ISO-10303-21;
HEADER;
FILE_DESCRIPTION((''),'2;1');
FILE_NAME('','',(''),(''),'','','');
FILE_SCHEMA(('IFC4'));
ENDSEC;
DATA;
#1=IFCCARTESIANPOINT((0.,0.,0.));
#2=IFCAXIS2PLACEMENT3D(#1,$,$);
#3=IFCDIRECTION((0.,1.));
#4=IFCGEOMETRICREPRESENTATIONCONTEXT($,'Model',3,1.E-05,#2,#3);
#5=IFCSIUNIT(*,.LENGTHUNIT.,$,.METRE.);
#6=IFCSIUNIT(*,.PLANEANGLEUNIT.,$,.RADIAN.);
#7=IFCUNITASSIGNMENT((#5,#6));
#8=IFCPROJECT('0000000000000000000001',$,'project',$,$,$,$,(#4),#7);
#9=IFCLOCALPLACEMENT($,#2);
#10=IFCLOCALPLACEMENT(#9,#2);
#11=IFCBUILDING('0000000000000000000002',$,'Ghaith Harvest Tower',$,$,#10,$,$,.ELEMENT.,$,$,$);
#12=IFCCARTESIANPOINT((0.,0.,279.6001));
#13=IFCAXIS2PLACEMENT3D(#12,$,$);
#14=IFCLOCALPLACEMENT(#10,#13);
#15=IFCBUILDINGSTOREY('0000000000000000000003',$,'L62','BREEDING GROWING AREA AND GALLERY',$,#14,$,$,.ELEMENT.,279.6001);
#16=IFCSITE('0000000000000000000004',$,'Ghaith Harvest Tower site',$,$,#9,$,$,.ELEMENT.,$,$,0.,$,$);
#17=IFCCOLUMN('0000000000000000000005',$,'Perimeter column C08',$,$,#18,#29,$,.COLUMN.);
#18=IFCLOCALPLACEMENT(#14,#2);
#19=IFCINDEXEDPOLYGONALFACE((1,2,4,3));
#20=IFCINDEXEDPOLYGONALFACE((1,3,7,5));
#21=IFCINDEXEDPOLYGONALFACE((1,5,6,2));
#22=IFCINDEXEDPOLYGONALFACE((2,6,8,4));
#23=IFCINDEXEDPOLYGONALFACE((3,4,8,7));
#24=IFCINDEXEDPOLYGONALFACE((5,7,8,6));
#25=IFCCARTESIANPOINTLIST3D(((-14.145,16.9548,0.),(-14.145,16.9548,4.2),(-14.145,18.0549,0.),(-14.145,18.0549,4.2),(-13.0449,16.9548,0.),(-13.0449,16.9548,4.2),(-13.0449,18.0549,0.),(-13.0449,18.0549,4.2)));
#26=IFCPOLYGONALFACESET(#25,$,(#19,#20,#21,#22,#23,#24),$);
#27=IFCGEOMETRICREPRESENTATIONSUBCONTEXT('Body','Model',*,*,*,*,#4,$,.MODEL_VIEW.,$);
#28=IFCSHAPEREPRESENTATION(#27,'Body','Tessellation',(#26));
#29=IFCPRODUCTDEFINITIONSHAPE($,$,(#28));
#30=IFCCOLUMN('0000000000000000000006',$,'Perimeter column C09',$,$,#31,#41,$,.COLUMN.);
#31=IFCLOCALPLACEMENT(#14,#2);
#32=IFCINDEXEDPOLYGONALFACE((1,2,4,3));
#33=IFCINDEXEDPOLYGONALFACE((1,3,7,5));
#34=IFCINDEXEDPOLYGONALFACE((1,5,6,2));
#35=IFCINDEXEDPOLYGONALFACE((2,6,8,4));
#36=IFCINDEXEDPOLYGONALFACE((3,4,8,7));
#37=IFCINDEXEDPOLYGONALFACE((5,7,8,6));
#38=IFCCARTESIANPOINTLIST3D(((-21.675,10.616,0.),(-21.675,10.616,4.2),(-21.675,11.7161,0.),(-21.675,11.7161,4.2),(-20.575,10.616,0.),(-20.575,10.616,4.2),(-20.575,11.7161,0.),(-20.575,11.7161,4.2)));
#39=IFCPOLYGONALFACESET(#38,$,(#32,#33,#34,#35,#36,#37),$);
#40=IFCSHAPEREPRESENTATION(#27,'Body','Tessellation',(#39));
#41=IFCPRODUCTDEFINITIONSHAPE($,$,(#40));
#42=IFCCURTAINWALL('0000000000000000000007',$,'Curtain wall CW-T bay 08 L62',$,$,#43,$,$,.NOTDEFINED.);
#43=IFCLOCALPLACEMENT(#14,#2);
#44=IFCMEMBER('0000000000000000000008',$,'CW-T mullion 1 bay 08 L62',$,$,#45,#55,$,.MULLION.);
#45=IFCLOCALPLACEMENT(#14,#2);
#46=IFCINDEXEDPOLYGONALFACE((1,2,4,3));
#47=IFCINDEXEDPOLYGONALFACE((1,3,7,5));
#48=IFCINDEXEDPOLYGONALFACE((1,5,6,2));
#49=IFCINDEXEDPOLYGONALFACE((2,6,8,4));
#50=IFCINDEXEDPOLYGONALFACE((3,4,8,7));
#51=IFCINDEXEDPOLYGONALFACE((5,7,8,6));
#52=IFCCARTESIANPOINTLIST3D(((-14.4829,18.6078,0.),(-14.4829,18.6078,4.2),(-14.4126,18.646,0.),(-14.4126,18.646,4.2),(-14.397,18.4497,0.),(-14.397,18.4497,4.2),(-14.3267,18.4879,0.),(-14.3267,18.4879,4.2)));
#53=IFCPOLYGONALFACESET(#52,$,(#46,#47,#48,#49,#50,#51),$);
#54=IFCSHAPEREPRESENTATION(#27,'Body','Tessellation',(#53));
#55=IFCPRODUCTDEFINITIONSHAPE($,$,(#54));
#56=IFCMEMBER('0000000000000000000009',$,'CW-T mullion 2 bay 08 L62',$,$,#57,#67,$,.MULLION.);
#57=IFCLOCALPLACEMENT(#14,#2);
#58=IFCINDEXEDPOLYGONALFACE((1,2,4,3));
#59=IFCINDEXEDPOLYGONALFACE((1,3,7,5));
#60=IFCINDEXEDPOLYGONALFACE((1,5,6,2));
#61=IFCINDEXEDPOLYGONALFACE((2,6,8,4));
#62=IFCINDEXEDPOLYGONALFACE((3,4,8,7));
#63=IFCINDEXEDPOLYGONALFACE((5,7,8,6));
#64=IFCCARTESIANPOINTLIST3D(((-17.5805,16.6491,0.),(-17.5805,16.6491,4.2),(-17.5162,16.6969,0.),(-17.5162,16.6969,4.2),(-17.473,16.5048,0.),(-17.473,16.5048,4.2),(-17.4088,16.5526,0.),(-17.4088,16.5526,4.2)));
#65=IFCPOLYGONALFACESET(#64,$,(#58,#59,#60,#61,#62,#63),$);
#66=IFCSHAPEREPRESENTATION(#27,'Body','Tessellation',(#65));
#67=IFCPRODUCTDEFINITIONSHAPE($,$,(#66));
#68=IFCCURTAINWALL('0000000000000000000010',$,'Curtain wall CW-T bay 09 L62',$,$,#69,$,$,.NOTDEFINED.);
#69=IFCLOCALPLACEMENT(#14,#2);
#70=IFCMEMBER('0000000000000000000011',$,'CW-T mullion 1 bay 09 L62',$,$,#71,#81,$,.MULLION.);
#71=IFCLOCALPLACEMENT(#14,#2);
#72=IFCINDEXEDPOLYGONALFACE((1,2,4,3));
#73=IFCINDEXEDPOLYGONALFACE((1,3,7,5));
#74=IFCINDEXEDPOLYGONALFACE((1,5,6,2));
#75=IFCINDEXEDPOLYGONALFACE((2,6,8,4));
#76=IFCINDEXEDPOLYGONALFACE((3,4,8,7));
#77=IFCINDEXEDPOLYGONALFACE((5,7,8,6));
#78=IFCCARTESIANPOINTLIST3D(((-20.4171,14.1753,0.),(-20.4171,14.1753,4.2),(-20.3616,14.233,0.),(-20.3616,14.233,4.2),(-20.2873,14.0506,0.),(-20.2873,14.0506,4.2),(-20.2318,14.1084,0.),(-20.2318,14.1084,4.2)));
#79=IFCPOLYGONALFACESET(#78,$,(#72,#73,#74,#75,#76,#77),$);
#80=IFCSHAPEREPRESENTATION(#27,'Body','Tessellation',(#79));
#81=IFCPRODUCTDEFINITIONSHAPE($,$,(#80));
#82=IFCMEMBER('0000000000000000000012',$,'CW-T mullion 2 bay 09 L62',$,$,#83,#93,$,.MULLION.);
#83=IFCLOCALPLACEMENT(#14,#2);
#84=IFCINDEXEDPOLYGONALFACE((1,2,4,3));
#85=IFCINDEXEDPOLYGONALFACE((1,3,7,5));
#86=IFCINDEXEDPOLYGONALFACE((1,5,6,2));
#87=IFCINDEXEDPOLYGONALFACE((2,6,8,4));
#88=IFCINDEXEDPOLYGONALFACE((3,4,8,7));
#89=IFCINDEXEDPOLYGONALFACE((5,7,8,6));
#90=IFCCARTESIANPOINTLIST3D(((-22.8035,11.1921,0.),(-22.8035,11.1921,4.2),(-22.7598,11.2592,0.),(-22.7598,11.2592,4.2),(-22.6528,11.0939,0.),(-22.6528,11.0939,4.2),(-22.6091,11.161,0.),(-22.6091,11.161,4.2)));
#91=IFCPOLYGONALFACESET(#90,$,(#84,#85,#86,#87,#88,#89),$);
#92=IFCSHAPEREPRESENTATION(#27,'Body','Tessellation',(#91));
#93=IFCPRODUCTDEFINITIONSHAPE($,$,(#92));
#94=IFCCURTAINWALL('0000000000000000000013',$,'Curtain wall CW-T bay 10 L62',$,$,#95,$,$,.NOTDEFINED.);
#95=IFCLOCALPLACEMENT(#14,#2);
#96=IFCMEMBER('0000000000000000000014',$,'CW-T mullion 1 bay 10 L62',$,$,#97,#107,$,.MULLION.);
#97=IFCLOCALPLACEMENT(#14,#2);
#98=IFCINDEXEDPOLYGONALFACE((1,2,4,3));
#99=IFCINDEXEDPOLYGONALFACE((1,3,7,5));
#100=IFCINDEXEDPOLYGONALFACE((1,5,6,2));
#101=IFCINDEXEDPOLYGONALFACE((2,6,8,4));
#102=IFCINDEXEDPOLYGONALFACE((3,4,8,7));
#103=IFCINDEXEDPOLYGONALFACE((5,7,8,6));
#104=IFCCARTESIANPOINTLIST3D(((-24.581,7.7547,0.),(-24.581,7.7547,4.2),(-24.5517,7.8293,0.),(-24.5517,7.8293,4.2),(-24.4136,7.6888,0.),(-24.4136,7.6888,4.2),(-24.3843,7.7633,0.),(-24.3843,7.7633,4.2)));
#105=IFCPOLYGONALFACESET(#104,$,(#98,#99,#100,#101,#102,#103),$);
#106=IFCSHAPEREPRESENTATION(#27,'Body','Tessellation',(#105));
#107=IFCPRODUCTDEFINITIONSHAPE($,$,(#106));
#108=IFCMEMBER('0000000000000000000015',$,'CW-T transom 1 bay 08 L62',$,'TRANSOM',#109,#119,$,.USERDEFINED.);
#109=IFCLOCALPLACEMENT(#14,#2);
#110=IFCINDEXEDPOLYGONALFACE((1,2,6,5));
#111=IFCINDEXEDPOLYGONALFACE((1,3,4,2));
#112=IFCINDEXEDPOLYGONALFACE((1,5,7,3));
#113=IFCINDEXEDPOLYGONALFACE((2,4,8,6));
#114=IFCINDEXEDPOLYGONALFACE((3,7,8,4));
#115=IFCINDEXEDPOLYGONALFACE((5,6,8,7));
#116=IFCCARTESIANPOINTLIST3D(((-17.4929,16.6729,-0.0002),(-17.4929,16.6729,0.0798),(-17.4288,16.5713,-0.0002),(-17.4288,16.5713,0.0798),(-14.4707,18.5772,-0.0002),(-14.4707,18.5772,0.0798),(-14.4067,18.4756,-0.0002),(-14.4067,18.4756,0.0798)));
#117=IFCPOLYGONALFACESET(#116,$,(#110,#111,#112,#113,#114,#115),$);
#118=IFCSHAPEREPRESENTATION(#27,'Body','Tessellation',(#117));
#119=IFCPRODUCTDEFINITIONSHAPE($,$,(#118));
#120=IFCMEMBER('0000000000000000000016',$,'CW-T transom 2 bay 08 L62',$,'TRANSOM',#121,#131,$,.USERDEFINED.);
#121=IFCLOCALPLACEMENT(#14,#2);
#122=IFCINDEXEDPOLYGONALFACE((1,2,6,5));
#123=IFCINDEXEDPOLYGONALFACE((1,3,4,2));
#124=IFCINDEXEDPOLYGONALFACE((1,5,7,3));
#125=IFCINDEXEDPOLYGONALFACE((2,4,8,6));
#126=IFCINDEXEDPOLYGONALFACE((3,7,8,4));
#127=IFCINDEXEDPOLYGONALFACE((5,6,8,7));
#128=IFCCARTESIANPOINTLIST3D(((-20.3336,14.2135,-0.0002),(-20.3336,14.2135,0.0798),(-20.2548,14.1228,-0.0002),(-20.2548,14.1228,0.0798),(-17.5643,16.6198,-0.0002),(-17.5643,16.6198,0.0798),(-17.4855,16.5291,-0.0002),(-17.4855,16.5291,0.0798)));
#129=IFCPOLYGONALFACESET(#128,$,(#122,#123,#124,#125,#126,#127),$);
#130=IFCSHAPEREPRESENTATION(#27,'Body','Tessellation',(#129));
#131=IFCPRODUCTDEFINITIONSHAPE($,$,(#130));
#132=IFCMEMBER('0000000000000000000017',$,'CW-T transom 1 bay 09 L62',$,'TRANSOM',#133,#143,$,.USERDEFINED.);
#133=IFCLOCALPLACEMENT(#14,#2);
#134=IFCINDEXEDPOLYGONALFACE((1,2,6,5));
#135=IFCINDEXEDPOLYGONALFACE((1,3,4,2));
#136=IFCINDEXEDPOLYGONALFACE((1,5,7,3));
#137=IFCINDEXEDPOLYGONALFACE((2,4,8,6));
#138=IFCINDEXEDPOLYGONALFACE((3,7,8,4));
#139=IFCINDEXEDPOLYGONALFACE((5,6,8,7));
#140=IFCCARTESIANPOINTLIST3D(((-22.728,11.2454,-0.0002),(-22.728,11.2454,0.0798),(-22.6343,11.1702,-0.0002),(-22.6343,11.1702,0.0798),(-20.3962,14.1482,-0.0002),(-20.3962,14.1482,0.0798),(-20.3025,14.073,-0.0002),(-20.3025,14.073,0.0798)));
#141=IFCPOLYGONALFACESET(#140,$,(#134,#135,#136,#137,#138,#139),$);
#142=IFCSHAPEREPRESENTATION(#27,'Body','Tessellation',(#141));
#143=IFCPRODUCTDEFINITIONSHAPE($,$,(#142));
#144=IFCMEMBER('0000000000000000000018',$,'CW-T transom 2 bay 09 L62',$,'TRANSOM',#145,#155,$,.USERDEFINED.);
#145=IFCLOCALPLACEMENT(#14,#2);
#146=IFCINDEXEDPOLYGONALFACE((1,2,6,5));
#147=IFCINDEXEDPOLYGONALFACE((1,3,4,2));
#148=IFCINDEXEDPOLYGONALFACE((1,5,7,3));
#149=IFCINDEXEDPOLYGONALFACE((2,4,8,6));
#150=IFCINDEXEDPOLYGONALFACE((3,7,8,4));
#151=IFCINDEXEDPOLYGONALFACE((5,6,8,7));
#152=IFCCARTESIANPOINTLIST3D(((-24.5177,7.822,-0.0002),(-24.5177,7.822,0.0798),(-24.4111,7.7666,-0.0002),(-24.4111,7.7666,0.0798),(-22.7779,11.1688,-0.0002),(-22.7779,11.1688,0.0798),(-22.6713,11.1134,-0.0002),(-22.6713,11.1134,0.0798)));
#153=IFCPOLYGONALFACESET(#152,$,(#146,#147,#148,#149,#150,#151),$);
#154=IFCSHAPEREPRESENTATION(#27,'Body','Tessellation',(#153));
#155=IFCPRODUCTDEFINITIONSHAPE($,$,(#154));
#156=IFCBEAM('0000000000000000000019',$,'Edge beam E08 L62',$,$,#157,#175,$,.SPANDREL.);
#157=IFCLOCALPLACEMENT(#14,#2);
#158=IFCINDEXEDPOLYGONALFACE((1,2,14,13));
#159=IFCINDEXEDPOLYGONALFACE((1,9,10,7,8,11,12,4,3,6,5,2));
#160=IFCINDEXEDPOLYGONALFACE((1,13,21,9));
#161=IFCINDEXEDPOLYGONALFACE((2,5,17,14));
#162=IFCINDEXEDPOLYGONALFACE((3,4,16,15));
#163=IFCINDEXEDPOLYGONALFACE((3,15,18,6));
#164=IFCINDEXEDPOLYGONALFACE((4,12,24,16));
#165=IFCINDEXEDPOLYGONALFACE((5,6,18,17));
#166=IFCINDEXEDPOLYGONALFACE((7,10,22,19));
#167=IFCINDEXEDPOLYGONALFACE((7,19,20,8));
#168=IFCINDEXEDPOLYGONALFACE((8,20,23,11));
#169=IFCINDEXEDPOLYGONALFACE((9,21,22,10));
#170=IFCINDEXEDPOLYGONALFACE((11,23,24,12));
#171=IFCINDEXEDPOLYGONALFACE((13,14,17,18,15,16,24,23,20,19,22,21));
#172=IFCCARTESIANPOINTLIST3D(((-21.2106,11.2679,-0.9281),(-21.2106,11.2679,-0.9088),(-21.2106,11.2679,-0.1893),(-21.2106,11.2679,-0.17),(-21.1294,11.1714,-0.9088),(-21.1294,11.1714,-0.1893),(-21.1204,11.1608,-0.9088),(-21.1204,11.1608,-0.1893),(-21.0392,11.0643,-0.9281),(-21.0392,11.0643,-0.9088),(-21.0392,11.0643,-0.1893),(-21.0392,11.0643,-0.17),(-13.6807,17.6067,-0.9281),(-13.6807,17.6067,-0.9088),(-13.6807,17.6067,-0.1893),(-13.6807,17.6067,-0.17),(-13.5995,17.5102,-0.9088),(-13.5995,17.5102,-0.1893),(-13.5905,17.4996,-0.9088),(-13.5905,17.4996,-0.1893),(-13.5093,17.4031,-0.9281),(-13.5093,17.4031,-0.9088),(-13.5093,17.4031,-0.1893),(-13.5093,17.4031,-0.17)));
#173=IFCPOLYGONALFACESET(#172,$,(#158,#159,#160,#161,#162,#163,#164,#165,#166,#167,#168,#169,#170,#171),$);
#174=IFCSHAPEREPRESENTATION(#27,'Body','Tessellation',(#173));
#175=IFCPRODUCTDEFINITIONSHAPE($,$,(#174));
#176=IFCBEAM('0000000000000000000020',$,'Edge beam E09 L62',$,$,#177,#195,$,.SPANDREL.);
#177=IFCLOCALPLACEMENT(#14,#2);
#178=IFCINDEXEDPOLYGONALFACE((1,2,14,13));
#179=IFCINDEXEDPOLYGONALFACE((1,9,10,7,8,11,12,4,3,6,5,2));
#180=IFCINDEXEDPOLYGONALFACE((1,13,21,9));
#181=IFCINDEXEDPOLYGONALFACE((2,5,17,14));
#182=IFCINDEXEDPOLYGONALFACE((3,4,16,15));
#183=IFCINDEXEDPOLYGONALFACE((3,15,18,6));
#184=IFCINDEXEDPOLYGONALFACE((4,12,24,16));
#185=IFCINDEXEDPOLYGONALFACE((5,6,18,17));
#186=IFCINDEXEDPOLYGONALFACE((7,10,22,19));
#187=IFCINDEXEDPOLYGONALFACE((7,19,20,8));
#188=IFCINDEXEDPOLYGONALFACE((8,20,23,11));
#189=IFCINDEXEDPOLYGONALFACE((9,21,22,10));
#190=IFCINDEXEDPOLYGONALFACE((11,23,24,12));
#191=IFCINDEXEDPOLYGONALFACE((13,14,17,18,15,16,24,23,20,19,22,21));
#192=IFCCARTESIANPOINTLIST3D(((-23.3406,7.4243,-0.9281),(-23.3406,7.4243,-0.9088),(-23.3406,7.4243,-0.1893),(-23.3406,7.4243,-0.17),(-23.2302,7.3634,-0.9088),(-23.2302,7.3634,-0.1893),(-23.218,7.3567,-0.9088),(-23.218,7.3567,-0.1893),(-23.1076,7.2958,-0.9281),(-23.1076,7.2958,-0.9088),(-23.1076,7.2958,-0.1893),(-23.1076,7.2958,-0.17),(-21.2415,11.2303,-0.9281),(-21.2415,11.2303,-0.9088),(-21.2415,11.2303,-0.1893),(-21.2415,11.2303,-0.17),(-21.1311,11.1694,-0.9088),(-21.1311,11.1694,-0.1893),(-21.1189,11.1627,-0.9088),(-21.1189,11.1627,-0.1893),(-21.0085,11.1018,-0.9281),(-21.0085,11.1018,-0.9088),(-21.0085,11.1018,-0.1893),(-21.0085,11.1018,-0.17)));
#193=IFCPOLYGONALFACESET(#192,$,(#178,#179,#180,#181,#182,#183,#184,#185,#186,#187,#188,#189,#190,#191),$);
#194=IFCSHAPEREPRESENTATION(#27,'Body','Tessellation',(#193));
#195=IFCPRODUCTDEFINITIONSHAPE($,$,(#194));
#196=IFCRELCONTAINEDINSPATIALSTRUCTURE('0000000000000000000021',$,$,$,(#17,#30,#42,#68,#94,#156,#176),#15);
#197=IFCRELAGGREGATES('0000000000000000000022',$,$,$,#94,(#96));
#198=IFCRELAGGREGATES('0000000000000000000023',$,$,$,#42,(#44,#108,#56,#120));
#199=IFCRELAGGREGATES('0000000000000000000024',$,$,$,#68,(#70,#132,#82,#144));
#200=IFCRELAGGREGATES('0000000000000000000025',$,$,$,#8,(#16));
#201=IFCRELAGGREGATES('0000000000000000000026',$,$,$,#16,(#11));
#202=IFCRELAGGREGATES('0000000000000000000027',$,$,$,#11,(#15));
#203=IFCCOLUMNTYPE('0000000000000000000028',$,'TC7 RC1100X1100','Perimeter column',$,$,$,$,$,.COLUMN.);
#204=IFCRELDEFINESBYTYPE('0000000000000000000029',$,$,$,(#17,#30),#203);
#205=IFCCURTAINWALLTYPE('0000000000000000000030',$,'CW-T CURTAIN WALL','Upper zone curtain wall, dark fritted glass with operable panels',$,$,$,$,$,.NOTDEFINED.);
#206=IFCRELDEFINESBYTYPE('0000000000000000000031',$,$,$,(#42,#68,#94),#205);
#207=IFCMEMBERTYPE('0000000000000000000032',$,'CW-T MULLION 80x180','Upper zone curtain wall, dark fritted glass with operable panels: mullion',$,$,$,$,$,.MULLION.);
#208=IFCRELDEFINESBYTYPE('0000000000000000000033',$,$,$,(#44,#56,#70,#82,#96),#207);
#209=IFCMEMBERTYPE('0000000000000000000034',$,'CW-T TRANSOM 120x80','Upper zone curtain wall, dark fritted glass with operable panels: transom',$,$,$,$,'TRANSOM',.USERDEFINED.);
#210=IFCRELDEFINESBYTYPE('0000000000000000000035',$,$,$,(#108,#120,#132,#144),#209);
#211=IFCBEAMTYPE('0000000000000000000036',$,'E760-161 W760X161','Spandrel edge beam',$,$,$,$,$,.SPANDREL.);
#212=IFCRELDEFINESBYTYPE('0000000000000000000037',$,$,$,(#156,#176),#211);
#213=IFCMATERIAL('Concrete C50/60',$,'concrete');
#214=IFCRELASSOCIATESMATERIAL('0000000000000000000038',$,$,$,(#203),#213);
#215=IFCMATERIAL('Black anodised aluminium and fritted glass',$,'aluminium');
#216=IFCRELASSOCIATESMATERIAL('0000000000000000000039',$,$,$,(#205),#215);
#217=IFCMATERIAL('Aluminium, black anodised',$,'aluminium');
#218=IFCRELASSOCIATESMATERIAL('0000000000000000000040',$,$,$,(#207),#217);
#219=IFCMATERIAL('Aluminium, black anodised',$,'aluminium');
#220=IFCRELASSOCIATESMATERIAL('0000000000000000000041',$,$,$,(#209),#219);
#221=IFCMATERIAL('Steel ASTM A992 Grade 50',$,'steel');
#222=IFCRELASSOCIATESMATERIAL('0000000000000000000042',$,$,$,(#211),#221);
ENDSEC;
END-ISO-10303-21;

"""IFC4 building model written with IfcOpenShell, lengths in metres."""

from ifc_helpers import new_model, si_unit, direction, frame, origin, origin_2d, place, context, subcontext, project, spatial, rectangle, i_section, extrude, material, material_profile, profile_set, type_object, element, aggregate, save


model = new_model("IFC4")

# Units and contexts
model_context = context("Model", 3, precision=1e-05, world=origin(), true_north=direction((0.0, 1.0)))
body_context = subcontext(model_context, "Body", "Model", "MODEL_VIEW")
ifc_project = project(units=[si_unit("LENGTHUNIT", "METRE"), si_unit("PLANEANGLEUNIT", "RADIAN")], contexts=[model_context])

# Site, building, storey
site_placement = place(None, origin())
site = spatial("IfcSite", under=ifc_project, at=site_placement, Name="Ghaith Harvest Tower site", CompositionType="ELEMENT", RefElevation=0.0)
building_placement = place(site_placement, origin())
building = spatial("IfcBuilding", under=site, at=building_placement, Name="Ghaith Harvest Tower", CompositionType="ELEMENT")
storey_placement = place(building_placement, frame((0.0, 0.0, 279.6001)))
storey = spatial("IfcBuildingStorey", under=building, at=storey_placement, Name="L62", Description="BREEDING GROWING AREA AND GALLERY", CompositionType="ELEMENT", Elevation=279.6001)

# Columns
ifc_material_1 = material(Name="Concrete C50/60", Category="concrete")
ifc_material_profile_1 = material_profile(ifc_material_1, rectangle(XDim=1.1001, YDim=1.1001, at=origin_2d()), Name="RC1100X1100")
ifc_profile_set_1 = profile_set([ifc_material_profile_1], Name="Concrete C50/60")
column_type = type_object("IfcColumnType", Name="TC7 RC1100X1100", Description="Perimeter column", PredefinedType="COLUMN", material=ifc_profile_set_1)
for number, where, z_axis, x_axis, name in (
    (1, (-13.595, 17.5049, 0.0), (0.0, 0.0, 1.0), (1.0, 0.0, 0.0), "Perimeter column C08"),
    (2, (-21.125, 11.166, 0.0), (0.0, 0.0, 1.0), (1.0, 0.0, 0.0), "Perimeter column C09"),
):
    element("IfcColumn", number, at=place(storey_placement, frame(where, z_axis=z_axis, x_axis=x_axis)), inside=storey, type_object=column_type, Name=name, PredefinedType="COLUMN", context=body_context, shape_type="SweptSolid", body=[
        extrude(rectangle(XDim=1.1001, YDim=1.1001, at=origin_2d()), origin(), (0.0, 0.0, 1.0), 4.2),
    ])

# Curtain walls, members
ifc_material_2 = material(Name="Black anodised aluminium and fritted glass", Category="aluminium")
curtain_wall_type = type_object("IfcCurtainWallType", Name="CW-T CURTAIN WALL", Description="Upper zone curtain wall, dark fritted glass with operable panels", PredefinedType="NOTDEFINED", material=ifc_material_2)
curtain_wall_1_placement = place(storey_placement, origin())
curtain_wall_1 = element("IfcCurtainWall", 3, at=curtain_wall_1_placement, inside=storey, type_object=curtain_wall_type, Name="Curtain wall CW-T bay 08 L62", PredefinedType="NOTDEFINED")
ifc_material_3 = material(Name="Aluminium, black anodised", Category="aluminium")
ifc_material_profile_2 = material_profile(ifc_material_3, rectangle(XDim=0.0801, YDim=0.1799, at=origin_2d()), Name="CW-T MULLION 80x180")
ifc_profile_set_2 = profile_set([ifc_material_profile_2], Name="Aluminium, black anodised")
member_type_1 = type_object("IfcMemberType", Name="CW-T MULLION 80x180", Description="Upper zone curtain wall, dark fritted glass with operable panels: mullion", PredefinedType="MULLION", material=ifc_profile_set_2)
member_1_placement = place(storey_placement, frame((-14.4048, 18.5479, 0.0), z_axis=(0.0, 0.0, 1.0), x_axis=(-0.878672, -0.477426, 0.0)))
member_1 = element("IfcMember", 4, at=member_1_placement, type_object=member_type_1, Name="CW-T mullion 1 bay 08 L62", PredefinedType="MULLION", context=body_context, shape_type="SweptSolid", body=[
    extrude(rectangle(XDim=0.0801, YDim=0.1799, at=origin_2d()), origin(), (0.0, 0.0, 1.0), 4.2),
])
member_2_placement = place(storey_placement, frame((-17.4946, 16.6008, 0.0), z_axis=(0.0, 0.0, 1.0), x_axis=(-0.80219, -0.597069, 0.0)))
member_2 = element("IfcMember", 5, at=member_2_placement, type_object=member_type_1, Name="CW-T mullion 2 bay 08 L62", PredefinedType="MULLION", context=body_context, shape_type="SweptSolid", body=[
    extrude(rectangle(XDim=0.0801, YDim=0.1799, at=origin_2d()), origin(), (0.0, 0.0, 1.0), 4.2),
])
curtain_wall_2_placement = place(storey_placement, origin())
curtain_wall_2 = element("IfcCurtainWall", 6, at=curtain_wall_2_placement, inside=storey, type_object=curtain_wall_type, Name="Curtain wall CW-T bay 09 L62", PredefinedType="NOTDEFINED")
member_3_placement = place(storey_placement, frame((-20.3245, 14.1418, 0.0), z_axis=(0.0, 0.0, 1.0), x_axis=(-0.692826, -0.721104, 0.0)))
member_3 = element("IfcMember", 7, at=member_3_placement, type_object=member_type_1, Name="CW-T mullion 1 bay 09 L62", PredefinedType="MULLION", context=body_context, shape_type="SweptSolid", body=[
    extrude(rectangle(XDim=0.0801, YDim=0.1799, at=origin_2d()), origin(), (0.0, 0.0, 1.0), 4.2),
])
member_4_placement = place(storey_placement, frame((-22.7063, 11.1765, 0.0), z_axis=(0.0, 0.0, 1.0), x_axis=(-0.545865, -0.837873, 0.0)))
member_4 = element("IfcMember", 8, at=member_4_placement, type_object=member_type_1, Name="CW-T mullion 2 bay 09 L62", PredefinedType="MULLION", context=body_context, shape_type="SweptSolid", body=[
    extrude(rectangle(XDim=0.0801, YDim=0.1799, at=origin_2d()), origin(), (0.0, 0.0, 1.0), 4.2),
])

# Curtain wall, member
curtain_wall_3_placement = place(storey_placement, origin())
curtain_wall_3 = element("IfcCurtainWall", 9, at=curtain_wall_3_placement, inside=storey, type_object=curtain_wall_type, Name="Curtain wall CW-T bay 10 L62", PredefinedType="NOTDEFINED")
member_5_placement = place(storey_placement, frame((-24.4827, 7.759, 0.0), z_axis=(0.0, 0.0, 1.0), x_axis=(-0.366473, -0.930429, 0.0)))
member_5 = element("IfcMember", 10, at=member_5_placement, type_object=member_type_1, Name="CW-T mullion 1 bay 10 L62", PredefinedType="MULLION", context=body_context, shape_type="SweptSolid", body=[
    extrude(rectangle(XDim=0.0801, YDim=0.1799, at=origin_2d()), origin(), (0.0, 0.0, 1.0), 4.2),
])
aggregate(curtain_wall_3, [member_5])

# Members
ifc_material_4 = material(Name="Aluminium, black anodised", Category="aluminium")
ifc_material_profile_3 = material_profile(ifc_material_4, rectangle(XDim=0.1201, YDim=0.0801, at=origin_2d()), Name="CW-T TRANSOM 120x80")
ifc_profile_set_3 = profile_set([ifc_material_profile_3], Name="Aluminium, black anodised")
member_type_2 = type_object("IfcMemberType", Name="CW-T TRANSOM 120x80", Description="Upper zone curtain wall, dark fritted glass with operable panels: transom", ElementType="TRANSOM", PredefinedType="USERDEFINED", material=ifc_profile_set_3)
member_6_placement = place(storey_placement, frame((-14.4387, 18.5264, 0.0398), z_axis=(-0.846054, -0.533098, 0.0), x_axis=(0.533098, -0.846054, 0.0)))
member_6 = element("IfcMember", 11, at=member_6_placement, type_object=member_type_2, Name="CW-T transom 1 bay 08 L62", ObjectType="TRANSOM", PredefinedType="USERDEFINED", context=body_context, shape_type="SweptSolid", body=[
    extrude(rectangle(XDim=0.1201, YDim=0.0801, at=origin_2d()), origin(), (0.0, 0.0, 1.0), 3.572),
])
member_7_placement = place(storey_placement, frame((-17.5249, 16.5745, 0.0398), z_axis=(-0.754852, -0.655895, 0.0), x_axis=(0.655895, -0.754852, 0.0)))
member_7 = element("IfcMember", 12, at=member_7_placement, type_object=member_type_2, Name="CW-T transom 2 bay 08 L62", ObjectType="TRANSOM", PredefinedType="USERDEFINED", context=body_context, shape_type="SweptSolid", body=[
    extrude(rectangle(XDim=0.1201, YDim=0.0801, at=origin_2d()), origin(), (0.0, 0.0, 1.0), 3.6687),
])
member_8_placement = place(storey_placement, frame((-20.3494, 14.1106, 0.0398), z_axis=(-0.626253, -0.77962, 0.0), x_axis=(0.77962, -0.626253, 0.0)))
member_8 = element("IfcMember", 13, at=member_8_placement, type_object=member_type_2, Name="CW-T transom 1 bay 09 L62", ObjectType="TRANSOM", PredefinedType="USERDEFINED", context=body_context, shape_type="SweptSolid", body=[
    extrude(rectangle(XDim=0.1201, YDim=0.0801, at=origin_2d()), origin(), (0.0, 0.0, 1.0), 3.7234),
])
member_9_placement = place(storey_placement, frame((-22.7246, 11.1411, 0.0398), z_axis=(-0.461243, -0.887274, 0.0), x_axis=(0.887274, -0.461243, 0.0)))
member_9 = element("IfcMember", 14, at=member_9_placement, type_object=member_type_2, Name="CW-T transom 2 bay 09 L62", ObjectType="TRANSOM", PredefinedType="USERDEFINED", context=body_context, shape_type="SweptSolid", body=[
    extrude(rectangle(XDim=0.1201, YDim=0.0801, at=origin_2d()), origin(), (0.0, 0.0, 1.0), 3.772),
])

# Beams
ifc_material_5 = material(Name="Steel ASTM A992 Grade 50", Category="steel")
ifc_material_profile_4 = material_profile(ifc_material_5, i_section(OverallWidth=0.2661, OverallDepth=0.7581, WebThickness=0.0139, FlangeThickness=0.0193, at=origin_2d()), Name="W760X161")
ifc_profile_set_4 = profile_set([ifc_material_profile_4], Name="Steel ASTM A992 Grade 50")
beam_type_1 = type_object("IfcBeamType", Name="E760-161 W760X161", Description="Spandrel edge beam", PredefinedType="SPANDREL", material=ifc_profile_set_4)
beam_1_placement = place(storey_placement, frame((-13.595, 17.5049, -0.5491), z_axis=(-0.765022, -0.644004, 0.0), x_axis=(0.644004, -0.765022, 0.0)))
element("IfcBeam", 15, at=beam_1_placement, inside=storey, type_object=beam_type_1, Name="Edge beam E08 L62", PredefinedType="SPANDREL", context=body_context, shape_type="SweptSolid", body=[
    extrude(i_section(OverallWidth=0.2661, OverallDepth=0.7581, WebThickness=0.0139, FlangeThickness=0.0193, at=origin_2d()), origin(), (0.0, 0.0, 1.0), 9.8428),
])
beam_2_placement = place(storey_placement, frame((-21.125, 11.166, -0.5491), z_axis=(-0.482956, -0.875645, 0.0), x_axis=(0.875645, -0.482956, 0.0)))
element("IfcBeam", 16, at=beam_2_placement, inside=storey, type_object=beam_type_1, Name="Edge beam E09 L62", PredefinedType="SPANDREL", context=body_context, shape_type="SweptSolid", body=[
    extrude(i_section(OverallWidth=0.2661, OverallDepth=0.7581, WebThickness=0.0139, FlangeThickness=0.0193, at=origin_2d()), origin(), (0.0, 0.0, 1.0), 4.3464),
])

aggregate(curtain_wall_1, [member_1, member_6, member_2, member_7])
aggregate(curtain_wall_2, [member_3, member_8, member_4, member_9])

save(model, "model.ifc")
